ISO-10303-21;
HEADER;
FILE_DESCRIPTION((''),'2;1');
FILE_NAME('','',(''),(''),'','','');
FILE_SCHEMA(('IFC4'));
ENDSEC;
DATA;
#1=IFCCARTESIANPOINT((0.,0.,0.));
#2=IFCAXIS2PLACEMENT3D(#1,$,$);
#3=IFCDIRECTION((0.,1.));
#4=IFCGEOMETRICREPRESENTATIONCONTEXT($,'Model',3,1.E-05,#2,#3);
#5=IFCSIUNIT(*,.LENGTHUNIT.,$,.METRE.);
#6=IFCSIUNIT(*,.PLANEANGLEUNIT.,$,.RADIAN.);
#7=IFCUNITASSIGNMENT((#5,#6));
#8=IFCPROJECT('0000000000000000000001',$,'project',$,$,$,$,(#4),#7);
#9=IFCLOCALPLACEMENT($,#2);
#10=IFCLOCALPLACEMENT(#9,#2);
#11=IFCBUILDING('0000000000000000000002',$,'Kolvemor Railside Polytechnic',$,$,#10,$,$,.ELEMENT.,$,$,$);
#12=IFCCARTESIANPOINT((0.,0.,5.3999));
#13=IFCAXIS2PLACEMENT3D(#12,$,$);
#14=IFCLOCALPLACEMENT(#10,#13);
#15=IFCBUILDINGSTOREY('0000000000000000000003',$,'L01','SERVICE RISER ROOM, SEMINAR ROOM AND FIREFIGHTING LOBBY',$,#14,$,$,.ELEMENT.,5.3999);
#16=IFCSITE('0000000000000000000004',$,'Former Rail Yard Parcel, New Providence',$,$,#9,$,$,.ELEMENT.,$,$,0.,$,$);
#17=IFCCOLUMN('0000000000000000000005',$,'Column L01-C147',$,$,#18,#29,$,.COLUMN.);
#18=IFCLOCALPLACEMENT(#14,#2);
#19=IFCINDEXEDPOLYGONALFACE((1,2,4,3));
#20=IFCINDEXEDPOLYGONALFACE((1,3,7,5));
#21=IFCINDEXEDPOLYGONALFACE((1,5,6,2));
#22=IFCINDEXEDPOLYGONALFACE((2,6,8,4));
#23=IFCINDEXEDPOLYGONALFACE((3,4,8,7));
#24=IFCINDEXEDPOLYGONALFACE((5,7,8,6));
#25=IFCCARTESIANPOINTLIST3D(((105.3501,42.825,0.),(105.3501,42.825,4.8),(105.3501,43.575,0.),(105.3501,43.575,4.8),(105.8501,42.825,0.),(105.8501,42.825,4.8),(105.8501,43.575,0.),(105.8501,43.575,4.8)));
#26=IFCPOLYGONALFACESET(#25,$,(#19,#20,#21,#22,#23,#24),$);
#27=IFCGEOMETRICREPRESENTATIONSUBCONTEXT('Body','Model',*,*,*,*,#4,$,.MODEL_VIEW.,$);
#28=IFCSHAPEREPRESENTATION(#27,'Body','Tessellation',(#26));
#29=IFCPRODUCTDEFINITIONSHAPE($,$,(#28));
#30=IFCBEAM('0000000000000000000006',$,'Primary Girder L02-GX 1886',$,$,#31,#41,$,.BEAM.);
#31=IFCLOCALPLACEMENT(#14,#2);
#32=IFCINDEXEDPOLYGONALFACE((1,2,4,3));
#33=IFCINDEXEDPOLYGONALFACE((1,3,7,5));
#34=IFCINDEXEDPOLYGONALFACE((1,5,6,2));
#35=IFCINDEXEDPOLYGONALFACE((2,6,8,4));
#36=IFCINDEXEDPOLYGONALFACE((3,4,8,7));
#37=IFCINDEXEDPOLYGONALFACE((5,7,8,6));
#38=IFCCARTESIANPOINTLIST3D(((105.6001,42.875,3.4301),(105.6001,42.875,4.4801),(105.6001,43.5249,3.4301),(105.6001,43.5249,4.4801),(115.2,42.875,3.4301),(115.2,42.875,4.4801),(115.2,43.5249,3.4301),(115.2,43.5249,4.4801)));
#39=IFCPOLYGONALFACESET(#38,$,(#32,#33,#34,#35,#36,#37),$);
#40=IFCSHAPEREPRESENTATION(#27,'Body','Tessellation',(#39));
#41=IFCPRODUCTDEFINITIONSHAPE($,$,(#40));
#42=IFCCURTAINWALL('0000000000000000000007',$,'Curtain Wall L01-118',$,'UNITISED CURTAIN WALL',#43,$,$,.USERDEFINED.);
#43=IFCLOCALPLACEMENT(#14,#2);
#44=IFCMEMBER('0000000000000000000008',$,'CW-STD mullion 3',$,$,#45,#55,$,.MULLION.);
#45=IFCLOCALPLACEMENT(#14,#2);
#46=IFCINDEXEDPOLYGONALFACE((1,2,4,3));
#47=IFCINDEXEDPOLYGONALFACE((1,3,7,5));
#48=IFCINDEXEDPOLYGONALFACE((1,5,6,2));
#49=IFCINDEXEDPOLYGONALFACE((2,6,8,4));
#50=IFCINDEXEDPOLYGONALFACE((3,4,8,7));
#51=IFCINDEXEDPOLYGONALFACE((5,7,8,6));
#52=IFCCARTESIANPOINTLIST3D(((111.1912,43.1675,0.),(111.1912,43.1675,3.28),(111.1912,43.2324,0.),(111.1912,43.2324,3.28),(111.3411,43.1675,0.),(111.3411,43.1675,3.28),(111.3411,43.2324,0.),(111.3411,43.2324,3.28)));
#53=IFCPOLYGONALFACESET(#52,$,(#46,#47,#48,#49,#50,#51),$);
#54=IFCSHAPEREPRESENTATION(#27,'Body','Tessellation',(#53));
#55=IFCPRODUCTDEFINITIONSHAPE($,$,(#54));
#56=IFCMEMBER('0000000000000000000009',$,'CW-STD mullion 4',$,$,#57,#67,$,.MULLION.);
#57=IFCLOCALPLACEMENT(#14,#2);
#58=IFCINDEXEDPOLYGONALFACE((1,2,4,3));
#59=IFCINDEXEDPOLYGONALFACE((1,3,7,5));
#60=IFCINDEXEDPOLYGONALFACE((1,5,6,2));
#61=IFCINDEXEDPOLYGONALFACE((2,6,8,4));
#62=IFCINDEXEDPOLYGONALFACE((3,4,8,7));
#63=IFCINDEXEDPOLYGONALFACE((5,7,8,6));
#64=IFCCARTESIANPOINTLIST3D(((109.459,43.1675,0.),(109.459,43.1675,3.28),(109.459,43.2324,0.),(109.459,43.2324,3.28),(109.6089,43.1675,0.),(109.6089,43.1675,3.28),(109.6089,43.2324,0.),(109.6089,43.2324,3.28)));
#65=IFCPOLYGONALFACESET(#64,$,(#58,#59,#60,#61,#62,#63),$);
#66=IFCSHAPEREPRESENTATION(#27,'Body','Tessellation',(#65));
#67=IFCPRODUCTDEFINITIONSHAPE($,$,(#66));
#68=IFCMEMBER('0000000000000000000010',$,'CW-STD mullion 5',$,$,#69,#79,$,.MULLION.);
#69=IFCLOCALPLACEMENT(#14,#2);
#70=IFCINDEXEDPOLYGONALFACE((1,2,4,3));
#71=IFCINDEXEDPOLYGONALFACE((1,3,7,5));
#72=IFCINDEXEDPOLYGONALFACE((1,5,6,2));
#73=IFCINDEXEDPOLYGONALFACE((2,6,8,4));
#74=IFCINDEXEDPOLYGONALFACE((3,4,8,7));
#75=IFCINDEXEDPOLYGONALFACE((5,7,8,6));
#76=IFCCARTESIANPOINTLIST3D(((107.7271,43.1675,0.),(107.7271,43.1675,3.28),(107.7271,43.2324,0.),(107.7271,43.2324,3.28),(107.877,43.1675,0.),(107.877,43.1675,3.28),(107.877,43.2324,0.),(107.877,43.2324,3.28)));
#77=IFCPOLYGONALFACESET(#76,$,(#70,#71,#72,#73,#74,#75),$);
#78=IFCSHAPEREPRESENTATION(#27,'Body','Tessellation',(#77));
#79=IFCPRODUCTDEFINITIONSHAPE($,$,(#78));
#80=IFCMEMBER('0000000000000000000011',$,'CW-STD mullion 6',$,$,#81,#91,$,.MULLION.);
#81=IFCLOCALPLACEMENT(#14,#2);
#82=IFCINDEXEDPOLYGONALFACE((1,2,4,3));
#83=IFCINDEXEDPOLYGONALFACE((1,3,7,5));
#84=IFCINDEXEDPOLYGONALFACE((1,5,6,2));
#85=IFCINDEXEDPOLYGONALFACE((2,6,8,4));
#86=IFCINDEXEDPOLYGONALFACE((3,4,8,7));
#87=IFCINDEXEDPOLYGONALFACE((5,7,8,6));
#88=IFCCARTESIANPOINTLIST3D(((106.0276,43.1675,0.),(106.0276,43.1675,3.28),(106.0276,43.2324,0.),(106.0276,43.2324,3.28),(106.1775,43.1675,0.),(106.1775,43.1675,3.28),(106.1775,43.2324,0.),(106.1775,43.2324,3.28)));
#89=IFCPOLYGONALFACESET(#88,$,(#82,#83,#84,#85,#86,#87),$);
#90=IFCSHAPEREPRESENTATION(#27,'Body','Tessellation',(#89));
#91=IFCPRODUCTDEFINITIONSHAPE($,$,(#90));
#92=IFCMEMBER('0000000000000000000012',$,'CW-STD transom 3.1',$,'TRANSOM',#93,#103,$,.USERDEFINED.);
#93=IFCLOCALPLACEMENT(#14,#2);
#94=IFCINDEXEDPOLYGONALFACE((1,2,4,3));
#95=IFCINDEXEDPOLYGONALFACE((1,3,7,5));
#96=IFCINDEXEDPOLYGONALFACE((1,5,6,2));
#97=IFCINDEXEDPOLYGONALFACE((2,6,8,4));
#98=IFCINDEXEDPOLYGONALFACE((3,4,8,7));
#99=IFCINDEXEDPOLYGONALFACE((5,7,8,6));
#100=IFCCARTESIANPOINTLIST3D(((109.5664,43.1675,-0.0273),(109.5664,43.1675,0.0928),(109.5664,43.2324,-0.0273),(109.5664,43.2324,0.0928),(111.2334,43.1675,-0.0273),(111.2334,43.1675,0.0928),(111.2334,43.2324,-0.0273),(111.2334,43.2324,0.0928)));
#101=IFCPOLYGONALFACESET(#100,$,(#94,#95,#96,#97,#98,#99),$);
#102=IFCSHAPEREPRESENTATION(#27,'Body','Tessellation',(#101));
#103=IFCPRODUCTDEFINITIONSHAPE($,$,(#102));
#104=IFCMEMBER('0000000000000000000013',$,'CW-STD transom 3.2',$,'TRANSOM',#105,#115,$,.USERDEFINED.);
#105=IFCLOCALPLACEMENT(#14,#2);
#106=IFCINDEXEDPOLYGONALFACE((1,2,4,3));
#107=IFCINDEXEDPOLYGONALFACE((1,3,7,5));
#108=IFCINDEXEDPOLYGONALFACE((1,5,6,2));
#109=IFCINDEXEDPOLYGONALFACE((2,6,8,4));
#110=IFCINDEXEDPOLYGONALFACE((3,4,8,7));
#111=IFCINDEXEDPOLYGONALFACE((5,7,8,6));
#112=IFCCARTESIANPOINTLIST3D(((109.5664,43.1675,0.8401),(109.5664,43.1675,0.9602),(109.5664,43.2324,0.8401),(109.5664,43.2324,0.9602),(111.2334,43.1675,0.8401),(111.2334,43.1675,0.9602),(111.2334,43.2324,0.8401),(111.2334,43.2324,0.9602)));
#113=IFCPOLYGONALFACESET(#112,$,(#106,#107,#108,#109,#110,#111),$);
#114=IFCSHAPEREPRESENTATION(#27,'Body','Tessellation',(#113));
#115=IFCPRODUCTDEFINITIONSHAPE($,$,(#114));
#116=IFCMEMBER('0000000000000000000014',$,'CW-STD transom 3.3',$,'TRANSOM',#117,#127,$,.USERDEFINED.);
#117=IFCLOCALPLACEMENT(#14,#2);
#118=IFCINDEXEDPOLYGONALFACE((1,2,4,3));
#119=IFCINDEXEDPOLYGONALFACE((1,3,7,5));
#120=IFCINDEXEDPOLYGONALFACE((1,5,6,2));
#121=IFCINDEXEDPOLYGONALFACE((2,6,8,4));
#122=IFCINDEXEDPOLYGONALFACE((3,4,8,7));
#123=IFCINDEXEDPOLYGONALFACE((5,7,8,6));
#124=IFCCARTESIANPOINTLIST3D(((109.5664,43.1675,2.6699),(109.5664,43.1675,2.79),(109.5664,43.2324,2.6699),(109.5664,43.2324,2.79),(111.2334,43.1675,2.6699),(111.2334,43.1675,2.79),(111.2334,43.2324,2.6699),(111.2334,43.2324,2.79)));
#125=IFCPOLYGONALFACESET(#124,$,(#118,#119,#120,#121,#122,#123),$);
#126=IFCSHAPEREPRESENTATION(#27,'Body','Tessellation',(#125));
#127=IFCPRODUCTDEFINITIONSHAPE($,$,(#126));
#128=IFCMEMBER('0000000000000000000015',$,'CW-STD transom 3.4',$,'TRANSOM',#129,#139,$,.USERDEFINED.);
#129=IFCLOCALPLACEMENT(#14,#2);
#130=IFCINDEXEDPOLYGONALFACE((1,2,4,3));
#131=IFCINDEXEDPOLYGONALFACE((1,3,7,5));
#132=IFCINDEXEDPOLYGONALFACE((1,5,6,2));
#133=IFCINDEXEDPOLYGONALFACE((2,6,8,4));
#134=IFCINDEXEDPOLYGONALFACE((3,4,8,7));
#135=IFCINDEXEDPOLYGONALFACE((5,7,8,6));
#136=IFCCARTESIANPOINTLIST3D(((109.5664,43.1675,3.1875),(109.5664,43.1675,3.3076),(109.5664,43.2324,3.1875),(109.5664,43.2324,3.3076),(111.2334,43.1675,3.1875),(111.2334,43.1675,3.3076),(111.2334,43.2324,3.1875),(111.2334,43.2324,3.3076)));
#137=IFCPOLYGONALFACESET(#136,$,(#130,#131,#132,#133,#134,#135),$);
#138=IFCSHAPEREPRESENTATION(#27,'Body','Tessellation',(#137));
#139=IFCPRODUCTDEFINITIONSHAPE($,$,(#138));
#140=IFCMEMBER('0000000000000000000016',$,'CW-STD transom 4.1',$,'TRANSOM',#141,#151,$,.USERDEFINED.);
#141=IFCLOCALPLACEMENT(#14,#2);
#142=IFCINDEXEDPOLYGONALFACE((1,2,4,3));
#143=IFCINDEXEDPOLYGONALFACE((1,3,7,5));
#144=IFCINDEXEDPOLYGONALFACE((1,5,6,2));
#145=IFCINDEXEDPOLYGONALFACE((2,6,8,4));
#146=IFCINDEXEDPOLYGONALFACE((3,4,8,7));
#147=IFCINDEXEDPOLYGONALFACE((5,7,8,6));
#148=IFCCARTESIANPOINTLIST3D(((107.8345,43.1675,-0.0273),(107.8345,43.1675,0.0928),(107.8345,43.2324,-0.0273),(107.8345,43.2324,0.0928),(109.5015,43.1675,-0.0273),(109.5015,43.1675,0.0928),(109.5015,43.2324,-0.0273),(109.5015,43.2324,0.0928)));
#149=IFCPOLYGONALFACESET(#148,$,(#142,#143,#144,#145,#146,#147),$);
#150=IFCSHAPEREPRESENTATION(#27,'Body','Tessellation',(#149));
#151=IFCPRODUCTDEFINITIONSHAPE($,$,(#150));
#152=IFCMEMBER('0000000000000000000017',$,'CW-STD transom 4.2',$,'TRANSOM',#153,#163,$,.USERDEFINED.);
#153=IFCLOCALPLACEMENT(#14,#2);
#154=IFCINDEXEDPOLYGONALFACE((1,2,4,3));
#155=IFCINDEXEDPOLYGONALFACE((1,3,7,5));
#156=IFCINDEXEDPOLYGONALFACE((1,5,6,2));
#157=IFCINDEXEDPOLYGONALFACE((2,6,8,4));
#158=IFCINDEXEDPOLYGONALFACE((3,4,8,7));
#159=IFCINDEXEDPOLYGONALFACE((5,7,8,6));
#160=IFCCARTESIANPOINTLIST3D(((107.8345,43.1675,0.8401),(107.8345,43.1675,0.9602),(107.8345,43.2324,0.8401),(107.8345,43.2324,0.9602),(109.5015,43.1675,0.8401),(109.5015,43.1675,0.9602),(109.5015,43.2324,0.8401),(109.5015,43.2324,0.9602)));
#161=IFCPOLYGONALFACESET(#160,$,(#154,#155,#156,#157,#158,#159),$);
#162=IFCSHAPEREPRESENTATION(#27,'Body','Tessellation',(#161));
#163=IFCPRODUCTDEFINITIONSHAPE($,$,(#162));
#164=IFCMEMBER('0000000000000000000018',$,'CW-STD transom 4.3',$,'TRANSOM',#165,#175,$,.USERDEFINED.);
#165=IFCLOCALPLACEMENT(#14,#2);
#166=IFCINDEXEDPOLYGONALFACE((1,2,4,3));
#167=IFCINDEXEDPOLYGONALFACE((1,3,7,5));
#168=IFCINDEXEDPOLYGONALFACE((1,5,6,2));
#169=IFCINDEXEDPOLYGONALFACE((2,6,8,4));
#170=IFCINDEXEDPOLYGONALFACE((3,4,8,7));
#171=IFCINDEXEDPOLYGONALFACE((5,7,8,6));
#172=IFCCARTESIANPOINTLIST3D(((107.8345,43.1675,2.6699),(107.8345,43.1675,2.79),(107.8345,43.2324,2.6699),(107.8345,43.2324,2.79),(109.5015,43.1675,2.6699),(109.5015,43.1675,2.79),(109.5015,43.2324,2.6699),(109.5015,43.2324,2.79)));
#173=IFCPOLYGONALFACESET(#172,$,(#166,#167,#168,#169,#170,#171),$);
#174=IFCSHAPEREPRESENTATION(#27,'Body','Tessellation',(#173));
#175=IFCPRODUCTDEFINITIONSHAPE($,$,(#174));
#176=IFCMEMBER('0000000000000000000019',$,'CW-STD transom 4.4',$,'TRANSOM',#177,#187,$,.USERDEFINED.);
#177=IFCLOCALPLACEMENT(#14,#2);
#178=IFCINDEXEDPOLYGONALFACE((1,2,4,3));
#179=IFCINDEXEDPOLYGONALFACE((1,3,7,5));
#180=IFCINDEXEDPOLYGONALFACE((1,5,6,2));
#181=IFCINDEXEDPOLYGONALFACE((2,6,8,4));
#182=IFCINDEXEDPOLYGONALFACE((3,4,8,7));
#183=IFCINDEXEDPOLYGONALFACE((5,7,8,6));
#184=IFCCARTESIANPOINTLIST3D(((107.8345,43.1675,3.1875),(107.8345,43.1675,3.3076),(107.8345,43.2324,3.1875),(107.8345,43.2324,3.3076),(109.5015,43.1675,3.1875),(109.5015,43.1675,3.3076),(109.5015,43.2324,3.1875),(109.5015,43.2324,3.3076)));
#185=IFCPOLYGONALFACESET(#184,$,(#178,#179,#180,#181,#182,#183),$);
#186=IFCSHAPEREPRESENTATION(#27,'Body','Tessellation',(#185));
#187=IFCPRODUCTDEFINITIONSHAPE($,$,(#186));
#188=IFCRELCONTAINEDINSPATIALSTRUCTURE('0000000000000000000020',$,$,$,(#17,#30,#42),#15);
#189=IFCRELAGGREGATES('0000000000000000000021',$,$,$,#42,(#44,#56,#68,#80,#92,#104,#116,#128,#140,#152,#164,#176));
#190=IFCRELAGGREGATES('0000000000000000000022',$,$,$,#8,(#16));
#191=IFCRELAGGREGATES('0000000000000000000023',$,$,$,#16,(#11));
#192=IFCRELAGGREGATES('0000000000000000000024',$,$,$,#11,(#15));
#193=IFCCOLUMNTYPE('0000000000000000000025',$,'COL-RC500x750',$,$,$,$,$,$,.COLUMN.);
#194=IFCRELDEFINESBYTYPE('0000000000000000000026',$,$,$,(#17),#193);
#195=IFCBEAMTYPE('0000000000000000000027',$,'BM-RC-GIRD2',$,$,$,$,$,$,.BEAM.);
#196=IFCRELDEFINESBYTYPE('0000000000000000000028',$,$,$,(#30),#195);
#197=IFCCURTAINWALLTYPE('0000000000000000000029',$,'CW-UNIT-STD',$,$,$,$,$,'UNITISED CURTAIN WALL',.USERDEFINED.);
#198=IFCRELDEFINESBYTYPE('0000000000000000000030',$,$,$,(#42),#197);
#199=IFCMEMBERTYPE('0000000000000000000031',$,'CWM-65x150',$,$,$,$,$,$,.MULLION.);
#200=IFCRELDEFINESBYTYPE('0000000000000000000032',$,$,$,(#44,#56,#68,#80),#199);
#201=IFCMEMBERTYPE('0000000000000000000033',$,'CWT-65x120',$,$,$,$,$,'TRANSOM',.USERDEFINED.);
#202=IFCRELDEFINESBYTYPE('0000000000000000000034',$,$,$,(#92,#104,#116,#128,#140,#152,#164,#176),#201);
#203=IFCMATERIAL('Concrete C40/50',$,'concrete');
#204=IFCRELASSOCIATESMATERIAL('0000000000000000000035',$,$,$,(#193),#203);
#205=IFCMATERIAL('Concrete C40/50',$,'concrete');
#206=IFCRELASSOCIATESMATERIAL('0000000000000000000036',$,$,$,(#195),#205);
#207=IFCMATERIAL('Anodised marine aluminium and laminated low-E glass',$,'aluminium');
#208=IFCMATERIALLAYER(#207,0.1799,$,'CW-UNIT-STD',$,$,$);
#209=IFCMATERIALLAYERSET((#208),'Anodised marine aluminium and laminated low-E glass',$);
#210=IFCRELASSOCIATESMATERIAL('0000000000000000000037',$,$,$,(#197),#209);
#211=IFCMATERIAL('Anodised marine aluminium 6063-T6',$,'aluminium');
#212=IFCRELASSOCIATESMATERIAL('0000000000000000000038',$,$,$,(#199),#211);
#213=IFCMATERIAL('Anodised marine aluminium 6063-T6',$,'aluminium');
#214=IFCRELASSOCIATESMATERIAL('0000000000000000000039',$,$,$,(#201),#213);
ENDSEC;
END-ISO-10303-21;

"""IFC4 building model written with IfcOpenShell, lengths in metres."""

from ifc_helpers import new_model, si_unit, direction, frame, origin, origin_2d, place, context, subcontext, project, spatial, rectangle, extrude, material, layer, layer_set, material_profile, profile_set, type_object, element, aggregate, save


model = new_model("IFC4")

# Units and contexts
model_context = context("Model", 3, precision=1e-05, world=origin(), true_north=direction((0.0, 1.0)))
body_context = subcontext(model_context, "Body", "Model", "MODEL_VIEW")
ifc_project = project(units=[si_unit("LENGTHUNIT", "METRE"), si_unit("PLANEANGLEUNIT", "RADIAN")], contexts=[model_context])

# Site, building, storey
site_placement = place(None, origin())
site = spatial("IfcSite", under=ifc_project, at=site_placement, Name="Former Rail Yard Parcel, New Providence", CompositionType="ELEMENT", RefElevation=0.0)
building_placement = place(site_placement, origin())
building = spatial("IfcBuilding", under=site, at=building_placement, Name="Kolvemor Railside Polytechnic", CompositionType="ELEMENT")
storey_placement = place(building_placement, frame((0.0, 0.0, 5.3999)))
storey = spatial("IfcBuildingStorey", under=building, at=storey_placement, Name="L01", Description="SERVICE RISER ROOM, SEMINAR ROOM AND FIREFIGHTING LOBBY", CompositionType="ELEMENT", Elevation=5.3999)

# Column
ifc_material_1 = material(Name="Concrete C40/50", Category="concrete")
ifc_material_profile_1 = material_profile(ifc_material_1, rectangle(XDim=0.5, YDim=0.75, at=origin_2d()), Name="RC500x750")
ifc_profile_set_1 = profile_set([ifc_material_profile_1], Name="Concrete C40/50")
column_type = type_object("IfcColumnType", Name="COL-RC500x750", PredefinedType="COLUMN", material=ifc_profile_set_1)
column_placement = place(storey_placement, frame((105.6001, 43.2, 0.0), z_axis=(0.0, 0.0, 1.0), x_axis=(1.0, 0.0, 0.0)))
element("IfcColumn", 1, at=column_placement, inside=storey, type_object=column_type, Name="Column L01-C147", PredefinedType="COLUMN", context=body_context, shape_type="SweptSolid", body=[
    extrude(rectangle(XDim=0.5, YDim=0.75, at=origin_2d()), origin(), (0.0, 0.0, 1.0), 4.8),
])

# Beam
ifc_material_2 = material(Name="Concrete C40/50", Category="concrete")
ifc_material_profile_2 = material_profile(ifc_material_2, rectangle(XDim=0.6499, YDim=1.05, at=origin_2d()), Name="RC650x1050")
ifc_profile_set_2 = profile_set([ifc_material_profile_2], Name="Concrete C40/50")
beam_type = type_object("IfcBeamType", Name="BM-RC-GIRD2", PredefinedType="BEAM", material=ifc_profile_set_2)
beam_placement = place(storey_placement, frame((105.6001, 43.2, 3.9551), z_axis=(1.0, 0.0, 0.0), x_axis=(0.0, 1.0, 0.0)))
element("IfcBeam", 2, at=beam_placement, inside=storey, type_object=beam_type, Name="Primary Girder L02-GX 1886", PredefinedType="BEAM", context=body_context, shape_type="SweptSolid", body=[
    extrude(rectangle(XDim=0.6499, YDim=1.05, at=origin_2d()), origin(), (0.0, 0.0, 1.0), 9.5999),
])

# Curtain wall, members
ifc_material_3 = material(Name="Anodised marine aluminium and laminated low-E glass", Category="aluminium")
ifc_layer_1 = layer(ifc_material_3, 0.1799, Name="CW-UNIT-STD")
ifc_layer_set_1 = layer_set([ifc_layer_1], Name="Anodised marine aluminium and laminated low-E glass")
curtain_wall_type = type_object("IfcCurtainWallType", Name="CW-UNIT-STD", ElementType="UNITISED CURTAIN WALL", PredefinedType="USERDEFINED", material=ifc_layer_set_1)
curtain_wall_placement = place(storey_placement, origin())
curtain_wall = element("IfcCurtainWall", 3, at=curtain_wall_placement, inside=storey, type_object=curtain_wall_type, Name="Curtain Wall L01-118", ObjectType="UNITISED CURTAIN WALL", PredefinedType="USERDEFINED")
ifc_material_4 = material(Name="Anodised marine aluminium 6063-T6", Category="aluminium")
ifc_material_profile_3 = material_profile(ifc_material_4, rectangle(XDim=0.0649, YDim=0.1499, at=origin_2d()), Name="CW-MUL-65x150")
ifc_profile_set_3 = profile_set([ifc_material_profile_3], Name="Anodised marine aluminium 6063-T6")
member_type_1 = type_object("IfcMemberType", Name="CWM-65x150", PredefinedType="MULLION", material=ifc_profile_set_3)
member_1_placement = place(storey_placement, frame((111.2661, 43.2, 0.0), z_axis=(0.0, 0.0, 1.0), x_axis=(0.0, -1.0, 0.0)))
member_1 = element("IfcMember", 4, at=member_1_placement, type_object=member_type_1, Name="CW-STD mullion 3", PredefinedType="MULLION", context=body_context, shape_type="SweptSolid", body=[
    extrude(rectangle(XDim=0.0649, YDim=0.1499, at=origin_2d()), origin(), (0.0, 0.0, 1.0), 3.28),
])
member_2_placement = place(storey_placement, frame((109.5339, 43.2, 0.0), z_axis=(0.0, 0.0, 1.0), x_axis=(0.0, -1.0, 0.0)))
member_2 = element("IfcMember", 5, at=member_2_placement, type_object=member_type_1, Name="CW-STD mullion 4", PredefinedType="MULLION", context=body_context, shape_type="SweptSolid", body=[
    extrude(rectangle(XDim=0.0649, YDim=0.1499, at=origin_2d()), origin(), (0.0, 0.0, 1.0), 3.28),
])
member_3_placement = place(storey_placement, frame((107.802, 43.2, 0.0), z_axis=(0.0, 0.0, 1.0), x_axis=(0.0, -1.0, 0.0)))
member_3 = element("IfcMember", 6, at=member_3_placement, type_object=member_type_1, Name="CW-STD mullion 5", PredefinedType="MULLION", context=body_context, shape_type="SweptSolid", body=[
    extrude(rectangle(XDim=0.0649, YDim=0.1499, at=origin_2d()), origin(), (0.0, 0.0, 1.0), 3.28),
])
member_4_placement = place(storey_placement, frame((106.1025, 43.2, 0.0), z_axis=(0.0, 0.0, 1.0), x_axis=(0.0, -1.0, 0.0)))
member_4 = element("IfcMember", 7, at=member_4_placement, type_object=member_type_1, Name="CW-STD mullion 6", PredefinedType="MULLION", context=body_context, shape_type="SweptSolid", body=[
    extrude(rectangle(XDim=0.0649, YDim=0.1499, at=origin_2d()), origin(), (0.0, 0.0, 1.0), 3.28),
])
ifc_material_5 = material(Name="Anodised marine aluminium 6063-T6", Category="aluminium")
ifc_material_profile_4 = material_profile(ifc_material_5, rectangle(XDim=0.0649, YDim=0.1201, at=origin_2d()), Name="CW-TRN-65x120")
ifc_profile_set_4 = profile_set([ifc_material_profile_4], Name="Anodised marine aluminium 6063-T6")
member_type_2 = type_object("IfcMemberType", Name="CWT-65x120", ElementType="TRANSOM", PredefinedType="USERDEFINED", material=ifc_profile_set_4)
member_5_placement = place(storey_placement, frame((111.2334, 43.2, 0.0327), z_axis=(-1.0, 0.0, 0.0), x_axis=(0.0, -1.0, 0.0)))
member_5 = element("IfcMember", 8, at=member_5_placement, type_object=member_type_2, Name="CW-STD transom 3.1", ObjectType="TRANSOM", PredefinedType="USERDEFINED", context=body_context, shape_type="SweptSolid", body=[
    extrude(rectangle(XDim=0.0649, YDim=0.1201, at=origin_2d()), origin(), (0.0, 0.0, 1.0), 1.667),
])
member_6_placement = place(storey_placement, frame((111.2334, 43.2, 0.9001), z_axis=(-1.0, 0.0, 0.0), x_axis=(0.0, -1.0, 0.0)))
member_6 = element("IfcMember", 9, at=member_6_placement, type_object=member_type_2, Name="CW-STD transom 3.2", ObjectType="TRANSOM", PredefinedType="USERDEFINED", context=body_context, shape_type="SweptSolid", body=[
    extrude(rectangle(XDim=0.0649, YDim=0.1201, at=origin_2d()), origin(), (0.0, 0.0, 1.0), 1.667),
])
member_7_placement = place(storey_placement, frame((111.2334, 43.2, 2.73), z_axis=(-1.0, 0.0, 0.0), x_axis=(0.0, -1.0, 0.0)))
member_7 = element("IfcMember", 10, at=member_7_placement, type_object=member_type_2, Name="CW-STD transom 3.3", ObjectType="TRANSOM", PredefinedType="USERDEFINED", context=body_context, shape_type="SweptSolid", body=[
    extrude(rectangle(XDim=0.0649, YDim=0.1201, at=origin_2d()), origin(), (0.0, 0.0, 1.0), 1.667),
])
member_8_placement = place(storey_placement, frame((111.2334, 43.2, 3.2476), z_axis=(-1.0, 0.0, 0.0), x_axis=(0.0, -1.0, 0.0)))
member_8 = element("IfcMember", 11, at=member_8_placement, type_object=member_type_2, Name="CW-STD transom 3.4", ObjectType="TRANSOM", PredefinedType="USERDEFINED", context=body_context, shape_type="SweptSolid", body=[
    extrude(rectangle(XDim=0.0649, YDim=0.1201, at=origin_2d()), origin(), (0.0, 0.0, 1.0), 1.667),
])
member_9_placement = place(storey_placement, frame((109.5015, 43.2, 0.0327), z_axis=(-1.0, 0.0, 0.0), x_axis=(0.0, -1.0, 0.0)))
member_9 = element("IfcMember", 12, at=member_9_placement, type_object=member_type_2, Name="CW-STD transom 4.1", ObjectType="TRANSOM", PredefinedType="USERDEFINED", context=body_context, shape_type="SweptSolid", body=[
    extrude(rectangle(XDim=0.0649, YDim=0.1201, at=origin_2d()), origin(), (0.0, 0.0, 1.0), 1.667),
])
member_10_placement = place(storey_placement, frame((109.5015, 43.2, 0.9001), z_axis=(-1.0, 0.0, 0.0), x_axis=(0.0, -1.0, 0.0)))
member_10 = element("IfcMember", 13, at=member_10_placement, type_object=member_type_2, Name="CW-STD transom 4.2", ObjectType="TRANSOM", PredefinedType="USERDEFINED", context=body_context, shape_type="SweptSolid", body=[
    extrude(rectangle(XDim=0.0649, YDim=0.1201, at=origin_2d()), origin(), (0.0, 0.0, 1.0), 1.667),
])
member_11_placement = place(storey_placement, frame((109.5015, 43.2, 2.73), z_axis=(-1.0, 0.0, 0.0), x_axis=(0.0, -1.0, 0.0)))
member_11 = element("IfcMember", 14, at=member_11_placement, type_object=member_type_2, Name="CW-STD transom 4.3", ObjectType="TRANSOM", PredefinedType="USERDEFINED", context=body_context, shape_type="SweptSolid", body=[
    extrude(rectangle(XDim=0.0649, YDim=0.1201, at=origin_2d()), origin(), (0.0, 0.0, 1.0), 1.667),
])
member_12_placement = place(storey_placement, frame((109.5015, 43.2, 3.2476), z_axis=(-1.0, 0.0, 0.0), x_axis=(0.0, -1.0, 0.0)))
member_12 = element("IfcMember", 15, at=member_12_placement, type_object=member_type_2, Name="CW-STD transom 4.4", ObjectType="TRANSOM", PredefinedType="USERDEFINED", context=body_context, shape_type="SweptSolid", body=[
    extrude(rectangle(XDim=0.0649, YDim=0.1201, at=origin_2d()), origin(), (0.0, 0.0, 1.0), 1.667),
])
aggregate(curtain_wall, [member_1, member_2, member_3, member_4, member_5, member_6, member_7, member_8, member_9, member_10, member_11, member_12])

save(model, "model.ifc")
